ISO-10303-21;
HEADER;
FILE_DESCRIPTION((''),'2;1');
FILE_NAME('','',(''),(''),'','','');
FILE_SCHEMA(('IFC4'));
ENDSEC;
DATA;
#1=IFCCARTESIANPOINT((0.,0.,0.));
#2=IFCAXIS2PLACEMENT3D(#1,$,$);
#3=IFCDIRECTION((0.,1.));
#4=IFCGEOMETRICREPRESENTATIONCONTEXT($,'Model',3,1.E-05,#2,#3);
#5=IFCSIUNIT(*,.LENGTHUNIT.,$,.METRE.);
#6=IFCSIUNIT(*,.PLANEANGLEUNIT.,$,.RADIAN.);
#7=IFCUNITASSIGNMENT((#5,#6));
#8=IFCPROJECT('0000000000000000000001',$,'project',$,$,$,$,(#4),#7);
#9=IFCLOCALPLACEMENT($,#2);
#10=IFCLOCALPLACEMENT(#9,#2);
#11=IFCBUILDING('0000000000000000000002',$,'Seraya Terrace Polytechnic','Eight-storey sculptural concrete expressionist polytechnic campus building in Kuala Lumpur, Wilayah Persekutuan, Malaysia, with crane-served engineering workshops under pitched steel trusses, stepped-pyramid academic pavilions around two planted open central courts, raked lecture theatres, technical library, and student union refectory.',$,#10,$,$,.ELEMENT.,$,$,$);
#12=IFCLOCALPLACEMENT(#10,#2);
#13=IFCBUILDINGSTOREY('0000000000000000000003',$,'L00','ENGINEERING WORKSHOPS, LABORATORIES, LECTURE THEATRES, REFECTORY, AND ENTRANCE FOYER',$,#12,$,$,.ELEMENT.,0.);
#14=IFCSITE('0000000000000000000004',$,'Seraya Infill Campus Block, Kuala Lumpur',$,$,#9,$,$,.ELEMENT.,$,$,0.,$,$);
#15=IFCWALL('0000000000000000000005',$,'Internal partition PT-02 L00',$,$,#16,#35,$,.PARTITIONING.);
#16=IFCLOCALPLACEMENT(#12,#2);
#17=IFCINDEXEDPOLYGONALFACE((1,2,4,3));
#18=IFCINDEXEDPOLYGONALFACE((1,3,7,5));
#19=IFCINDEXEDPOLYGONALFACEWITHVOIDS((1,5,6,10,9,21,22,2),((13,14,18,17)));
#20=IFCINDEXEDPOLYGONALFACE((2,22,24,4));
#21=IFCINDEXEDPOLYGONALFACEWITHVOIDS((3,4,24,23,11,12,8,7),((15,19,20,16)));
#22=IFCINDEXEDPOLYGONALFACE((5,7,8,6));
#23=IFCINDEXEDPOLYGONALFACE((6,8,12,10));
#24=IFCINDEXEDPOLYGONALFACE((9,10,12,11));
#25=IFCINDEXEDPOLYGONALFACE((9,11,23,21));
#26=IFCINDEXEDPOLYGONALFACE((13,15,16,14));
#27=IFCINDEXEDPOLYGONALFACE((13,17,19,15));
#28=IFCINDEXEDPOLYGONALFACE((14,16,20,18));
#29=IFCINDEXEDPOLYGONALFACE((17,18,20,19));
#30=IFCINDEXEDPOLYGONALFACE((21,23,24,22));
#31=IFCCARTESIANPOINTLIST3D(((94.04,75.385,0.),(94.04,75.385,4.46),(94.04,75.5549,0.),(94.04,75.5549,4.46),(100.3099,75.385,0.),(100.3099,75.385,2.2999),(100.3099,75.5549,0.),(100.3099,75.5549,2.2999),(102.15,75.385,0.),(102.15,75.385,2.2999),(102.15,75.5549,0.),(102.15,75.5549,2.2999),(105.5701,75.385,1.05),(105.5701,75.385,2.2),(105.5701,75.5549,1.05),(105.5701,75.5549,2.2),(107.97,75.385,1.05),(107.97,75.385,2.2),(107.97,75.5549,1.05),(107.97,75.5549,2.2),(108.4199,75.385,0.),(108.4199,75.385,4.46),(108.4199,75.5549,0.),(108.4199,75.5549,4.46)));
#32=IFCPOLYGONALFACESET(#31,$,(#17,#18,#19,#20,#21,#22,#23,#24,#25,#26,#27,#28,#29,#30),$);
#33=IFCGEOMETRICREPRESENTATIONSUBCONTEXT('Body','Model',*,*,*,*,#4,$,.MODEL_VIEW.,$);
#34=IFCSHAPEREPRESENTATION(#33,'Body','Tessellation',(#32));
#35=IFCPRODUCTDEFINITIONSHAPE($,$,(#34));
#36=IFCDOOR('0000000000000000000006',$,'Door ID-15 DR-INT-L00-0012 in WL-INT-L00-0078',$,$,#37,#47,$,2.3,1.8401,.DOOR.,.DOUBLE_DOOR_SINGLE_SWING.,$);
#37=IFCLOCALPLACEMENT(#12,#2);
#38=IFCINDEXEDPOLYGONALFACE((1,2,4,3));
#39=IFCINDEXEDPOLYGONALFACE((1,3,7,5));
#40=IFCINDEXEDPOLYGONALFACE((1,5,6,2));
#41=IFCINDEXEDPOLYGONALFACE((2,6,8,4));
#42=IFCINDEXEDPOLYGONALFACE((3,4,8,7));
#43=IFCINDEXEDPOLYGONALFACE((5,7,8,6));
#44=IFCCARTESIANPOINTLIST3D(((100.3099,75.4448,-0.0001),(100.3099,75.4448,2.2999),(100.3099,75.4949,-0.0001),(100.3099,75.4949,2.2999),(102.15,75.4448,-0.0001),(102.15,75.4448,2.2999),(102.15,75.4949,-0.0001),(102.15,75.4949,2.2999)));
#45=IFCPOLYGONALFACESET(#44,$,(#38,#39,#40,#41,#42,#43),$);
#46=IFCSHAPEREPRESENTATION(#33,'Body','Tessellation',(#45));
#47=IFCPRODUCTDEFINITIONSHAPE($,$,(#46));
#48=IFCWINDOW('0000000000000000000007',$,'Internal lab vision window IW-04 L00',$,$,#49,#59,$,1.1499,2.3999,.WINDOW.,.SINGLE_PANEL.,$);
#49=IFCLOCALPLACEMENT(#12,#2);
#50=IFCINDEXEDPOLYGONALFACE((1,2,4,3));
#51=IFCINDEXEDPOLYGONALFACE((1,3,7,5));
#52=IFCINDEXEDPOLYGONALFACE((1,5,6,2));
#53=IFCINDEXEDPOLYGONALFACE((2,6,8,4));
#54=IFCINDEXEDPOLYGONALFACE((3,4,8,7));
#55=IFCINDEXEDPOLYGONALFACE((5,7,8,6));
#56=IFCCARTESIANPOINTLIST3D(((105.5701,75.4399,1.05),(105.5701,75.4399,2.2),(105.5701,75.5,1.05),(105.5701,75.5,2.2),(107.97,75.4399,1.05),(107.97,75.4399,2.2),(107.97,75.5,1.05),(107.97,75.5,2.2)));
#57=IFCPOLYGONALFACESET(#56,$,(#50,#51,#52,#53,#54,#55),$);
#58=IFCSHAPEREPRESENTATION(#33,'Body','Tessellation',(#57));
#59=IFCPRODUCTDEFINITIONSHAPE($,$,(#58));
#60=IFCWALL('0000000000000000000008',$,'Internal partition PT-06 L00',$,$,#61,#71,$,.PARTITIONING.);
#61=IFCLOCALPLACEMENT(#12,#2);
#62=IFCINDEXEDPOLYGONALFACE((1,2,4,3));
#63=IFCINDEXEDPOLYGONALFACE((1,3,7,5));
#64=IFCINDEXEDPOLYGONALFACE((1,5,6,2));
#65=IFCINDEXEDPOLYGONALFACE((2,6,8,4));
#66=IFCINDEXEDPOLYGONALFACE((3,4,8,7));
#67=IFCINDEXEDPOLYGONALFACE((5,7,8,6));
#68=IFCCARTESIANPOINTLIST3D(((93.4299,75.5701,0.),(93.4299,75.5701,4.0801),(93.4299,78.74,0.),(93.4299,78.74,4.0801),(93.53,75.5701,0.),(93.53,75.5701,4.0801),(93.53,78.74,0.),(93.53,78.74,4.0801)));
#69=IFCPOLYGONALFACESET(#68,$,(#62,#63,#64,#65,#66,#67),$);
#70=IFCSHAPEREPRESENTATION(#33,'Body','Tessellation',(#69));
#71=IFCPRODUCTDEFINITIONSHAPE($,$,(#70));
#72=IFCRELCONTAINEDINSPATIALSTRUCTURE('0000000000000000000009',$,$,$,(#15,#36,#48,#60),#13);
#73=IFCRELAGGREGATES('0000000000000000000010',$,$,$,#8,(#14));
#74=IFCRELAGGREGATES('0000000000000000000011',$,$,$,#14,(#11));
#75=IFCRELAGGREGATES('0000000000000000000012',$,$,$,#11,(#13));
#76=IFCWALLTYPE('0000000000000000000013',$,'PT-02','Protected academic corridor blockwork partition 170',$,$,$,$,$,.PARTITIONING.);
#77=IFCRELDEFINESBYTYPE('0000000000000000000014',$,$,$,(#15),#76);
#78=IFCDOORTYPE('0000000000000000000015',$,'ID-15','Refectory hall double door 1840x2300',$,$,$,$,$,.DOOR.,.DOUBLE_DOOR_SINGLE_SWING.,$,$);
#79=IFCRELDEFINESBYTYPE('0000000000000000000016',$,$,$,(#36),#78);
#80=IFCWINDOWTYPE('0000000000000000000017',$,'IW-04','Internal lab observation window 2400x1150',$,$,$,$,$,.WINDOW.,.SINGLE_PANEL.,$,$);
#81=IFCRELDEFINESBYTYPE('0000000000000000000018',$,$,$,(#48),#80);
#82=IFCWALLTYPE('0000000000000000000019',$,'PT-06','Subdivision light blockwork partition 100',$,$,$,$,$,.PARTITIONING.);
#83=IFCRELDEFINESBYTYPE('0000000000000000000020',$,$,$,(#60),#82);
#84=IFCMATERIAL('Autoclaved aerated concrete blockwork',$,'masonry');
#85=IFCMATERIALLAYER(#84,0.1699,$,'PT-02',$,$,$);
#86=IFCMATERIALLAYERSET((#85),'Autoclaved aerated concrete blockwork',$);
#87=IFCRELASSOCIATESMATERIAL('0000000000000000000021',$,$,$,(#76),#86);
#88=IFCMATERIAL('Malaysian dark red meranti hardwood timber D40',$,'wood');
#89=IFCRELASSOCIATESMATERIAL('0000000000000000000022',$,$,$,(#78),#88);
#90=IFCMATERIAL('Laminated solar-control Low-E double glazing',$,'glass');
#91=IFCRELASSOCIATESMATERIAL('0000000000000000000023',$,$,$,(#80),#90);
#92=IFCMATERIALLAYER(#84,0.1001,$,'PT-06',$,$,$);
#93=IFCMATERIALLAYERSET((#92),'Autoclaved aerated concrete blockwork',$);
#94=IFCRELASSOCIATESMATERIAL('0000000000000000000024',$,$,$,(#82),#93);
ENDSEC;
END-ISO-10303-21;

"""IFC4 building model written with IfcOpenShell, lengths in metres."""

from ifc_helpers import new_model, si_unit, direction, frame, frame_2d, origin, place, context, subcontext, project, spatial, rectangle, extrude, material, layer, layer_set, type_object, element, fill, save


model = new_model("IFC4")

# Units and contexts
model_context = context("Model", 3, precision=1e-05, world=origin(), true_north=direction((0.0, 1.0)))
body_context = subcontext(model_context, "Body", "Model", "MODEL_VIEW")
ifc_project = project(units=[si_unit("LENGTHUNIT", "METRE"), si_unit("PLANEANGLEUNIT", "RADIAN")], contexts=[model_context])

# Site, building, storey
site_placement = place(None, origin())
site = spatial("IfcSite", under=ifc_project, at=site_placement, Name="Seraya Infill Campus Block, Kuala Lumpur", CompositionType="ELEMENT", RefElevation=0.0)
building_placement = place(site_placement, origin())
building = spatial("IfcBuilding", under=site, at=building_placement, Name="Seraya Terrace Polytechnic", Description="Eight-storey sculptural concrete expressionist polytechnic campus building in Kuala Lumpur, Wilayah Persekutuan, Malaysia, with crane-served engineering workshops under pitched steel trusses, stepped-pyramid academic pavilions around two planted open central courts, raked lecture theatres, technical library, and student union refectory.", CompositionType="ELEMENT")
storey_placement = place(building_placement, origin())
storey = spatial("IfcBuildingStorey", under=building, at=storey_placement, Name="L00", Description="ENGINEERING WORKSHOPS, LABORATORIES, LECTURE THEATRES, REFECTORY, AND ENTRANCE FOYER", CompositionType="ELEMENT", Elevation=0.0)

# Shared definitions
ifc_material_1 = material(Name="Autoclaved aerated concrete blockwork", Category="masonry")
ifc_layer_1 = layer(ifc_material_1, 0.1699, Name="PT-02")
ifc_layer_set_1 = layer_set([ifc_layer_1], Name="Autoclaved aerated concrete blockwork")
wall_type_1 = type_object("IfcWallType", Name="PT-02", Description="Protected academic corridor blockwork partition 170", PredefinedType="PARTITIONING", material=ifc_layer_set_1)
ifc_material_2 = material(Name="Malaysian dark red meranti hardwood timber D40", Category="wood")

# Wall, openings, door, window
ifc_material_3 = material(Name="Laminated solar-control Low-E double glazing", Category="glass")
wall_1_placement = place(storey_placement, frame((94.04, 75.47, 0.0), z_axis=(0.0, 0.0, 1.0), x_axis=(1.0, 0.0, 0.0)))
wall_1 = element("IfcWall", 1, at=wall_1_placement, inside=storey, type_object=wall_type_1, Name="Internal partition PT-02 L00", PredefinedType="PARTITIONING", context=body_context, shape_type="SweptSolid", body=[
    extrude(rectangle(XDim=14.3799, YDim=0.1699, at=frame_2d((7.1899, 0.0))), origin(), (0.0, 0.0, 1.0), 4.46),
])
opening_1_placement = place(wall_1_placement, frame((6.27, 0.0, 0.0)))
opening_1 = element("IfcOpeningElement", 2, at=opening_1_placement, cuts=wall_1, PredefinedType="OPENING", context=body_context, shape_type="SweptSolid", body=[
    extrude(rectangle(XDim=1.8401, YDim=2.3, at=frame_2d((0.9199, 1.1499))), frame((0.0, 0.0969, 0.0), z_axis=(0.0, -1.0, 0.0), x_axis=(1.0, 0.0, 0.0)), (0.0, 0.0, 1.0), 0.1938),
])
opening_2_placement = place(wall_1_placement, frame((11.53, 0.0, 1.05)))
opening_2 = element("IfcOpeningElement", 3, at=opening_2_placement, cuts=wall_1, PredefinedType="OPENING", context=body_context, shape_type="SweptSolid", body=[
    extrude(rectangle(XDim=2.3999, YDim=1.1499, at=frame_2d((1.2, 0.575))), frame((0.0, 0.0969, 0.0), z_axis=(0.0, -1.0, 0.0), x_axis=(1.0, 0.0, 0.0)), (0.0, 0.0, 1.0), 0.1938),
])
door_type_1 = type_object("IfcDoorType", Name="ID-15", Description="Refectory hall double door 1840x2300", OperationType="DOUBLE_DOOR_SINGLE_SWING", PredefinedType="DOOR", material=ifc_material_2)
door_1_placement = place(opening_1_placement, origin())
door_1 = element("IfcDoor", 4, at=door_1_placement, inside=storey, type_object=door_type_1, Name="Door ID-15 DR-INT-L00-0012 in WL-INT-L00-0078", OperationType="DOUBLE_DOOR_SINGLE_SWING", OverallHeight=2.3, OverallWidth=1.8401, PredefinedType="DOOR", context=body_context, shape_type="SweptSolid", body=[
    extrude(rectangle(XDim=1.8401, YDim=2.3, at=frame_2d((0.9199, 1.1499))), frame((0.0, 0.0249, 0.0), z_axis=(0.0, -1.0, 0.0), x_axis=(1.0, 0.0, 0.0)), (0.0, 0.0, 1.0), 0.05),
])
fill(opening_1, door_1)
window_type_1 = type_object("IfcWindowType", Name="IW-04", Description="Internal lab observation window 2400x1150", PartitioningType="SINGLE_PANEL", PredefinedType="WINDOW", material=ifc_material_3)
window_1_placement = place(opening_2_placement, origin())
window_1 = element("IfcWindow", 5, at=window_1_placement, inside=storey, type_object=window_type_1, Name="Internal lab vision window IW-04 L00", OverallHeight=1.1499, OverallWidth=2.3999, PartitioningType="SINGLE_PANEL", PredefinedType="WINDOW", context=body_context, shape_type="SweptSolid", body=[
    extrude(rectangle(XDim=2.3999, YDim=1.1499, at=frame_2d((1.2, 0.575))), frame((0.0, 0.03, 0.0), z_axis=(0.0, -1.0, 0.0), x_axis=(1.0, 0.0, 0.0)), (0.0, 0.0, 1.0), 0.0601),
])
fill(opening_2, window_1)

# Wall
ifc_layer_2 = layer(ifc_material_1, 0.1001, Name="PT-06")
ifc_layer_set_2 = layer_set([ifc_layer_2], Name="Autoclaved aerated concrete blockwork")
wall_type_2 = type_object("IfcWallType", Name="PT-06", Description="Subdivision light blockwork partition 100", PredefinedType="PARTITIONING", material=ifc_layer_set_2)
wall_2_placement = place(storey_placement, frame((93.48, 75.5701, 0.0), z_axis=(0.0, 0.0, 1.0), x_axis=(0.0, 1.0, 0.0)))
element("IfcWall", 6, at=wall_2_placement, inside=storey, type_object=wall_type_2, Name="Internal partition PT-06 L00", PredefinedType="PARTITIONING", context=body_context, shape_type="SweptSolid", body=[
    extrude(rectangle(XDim=3.1699, YDim=0.1001, at=frame_2d((1.585, 0.0))), origin(), (0.0, 0.0, 1.0), 4.0801),
])

save(model, "model.ifc")
